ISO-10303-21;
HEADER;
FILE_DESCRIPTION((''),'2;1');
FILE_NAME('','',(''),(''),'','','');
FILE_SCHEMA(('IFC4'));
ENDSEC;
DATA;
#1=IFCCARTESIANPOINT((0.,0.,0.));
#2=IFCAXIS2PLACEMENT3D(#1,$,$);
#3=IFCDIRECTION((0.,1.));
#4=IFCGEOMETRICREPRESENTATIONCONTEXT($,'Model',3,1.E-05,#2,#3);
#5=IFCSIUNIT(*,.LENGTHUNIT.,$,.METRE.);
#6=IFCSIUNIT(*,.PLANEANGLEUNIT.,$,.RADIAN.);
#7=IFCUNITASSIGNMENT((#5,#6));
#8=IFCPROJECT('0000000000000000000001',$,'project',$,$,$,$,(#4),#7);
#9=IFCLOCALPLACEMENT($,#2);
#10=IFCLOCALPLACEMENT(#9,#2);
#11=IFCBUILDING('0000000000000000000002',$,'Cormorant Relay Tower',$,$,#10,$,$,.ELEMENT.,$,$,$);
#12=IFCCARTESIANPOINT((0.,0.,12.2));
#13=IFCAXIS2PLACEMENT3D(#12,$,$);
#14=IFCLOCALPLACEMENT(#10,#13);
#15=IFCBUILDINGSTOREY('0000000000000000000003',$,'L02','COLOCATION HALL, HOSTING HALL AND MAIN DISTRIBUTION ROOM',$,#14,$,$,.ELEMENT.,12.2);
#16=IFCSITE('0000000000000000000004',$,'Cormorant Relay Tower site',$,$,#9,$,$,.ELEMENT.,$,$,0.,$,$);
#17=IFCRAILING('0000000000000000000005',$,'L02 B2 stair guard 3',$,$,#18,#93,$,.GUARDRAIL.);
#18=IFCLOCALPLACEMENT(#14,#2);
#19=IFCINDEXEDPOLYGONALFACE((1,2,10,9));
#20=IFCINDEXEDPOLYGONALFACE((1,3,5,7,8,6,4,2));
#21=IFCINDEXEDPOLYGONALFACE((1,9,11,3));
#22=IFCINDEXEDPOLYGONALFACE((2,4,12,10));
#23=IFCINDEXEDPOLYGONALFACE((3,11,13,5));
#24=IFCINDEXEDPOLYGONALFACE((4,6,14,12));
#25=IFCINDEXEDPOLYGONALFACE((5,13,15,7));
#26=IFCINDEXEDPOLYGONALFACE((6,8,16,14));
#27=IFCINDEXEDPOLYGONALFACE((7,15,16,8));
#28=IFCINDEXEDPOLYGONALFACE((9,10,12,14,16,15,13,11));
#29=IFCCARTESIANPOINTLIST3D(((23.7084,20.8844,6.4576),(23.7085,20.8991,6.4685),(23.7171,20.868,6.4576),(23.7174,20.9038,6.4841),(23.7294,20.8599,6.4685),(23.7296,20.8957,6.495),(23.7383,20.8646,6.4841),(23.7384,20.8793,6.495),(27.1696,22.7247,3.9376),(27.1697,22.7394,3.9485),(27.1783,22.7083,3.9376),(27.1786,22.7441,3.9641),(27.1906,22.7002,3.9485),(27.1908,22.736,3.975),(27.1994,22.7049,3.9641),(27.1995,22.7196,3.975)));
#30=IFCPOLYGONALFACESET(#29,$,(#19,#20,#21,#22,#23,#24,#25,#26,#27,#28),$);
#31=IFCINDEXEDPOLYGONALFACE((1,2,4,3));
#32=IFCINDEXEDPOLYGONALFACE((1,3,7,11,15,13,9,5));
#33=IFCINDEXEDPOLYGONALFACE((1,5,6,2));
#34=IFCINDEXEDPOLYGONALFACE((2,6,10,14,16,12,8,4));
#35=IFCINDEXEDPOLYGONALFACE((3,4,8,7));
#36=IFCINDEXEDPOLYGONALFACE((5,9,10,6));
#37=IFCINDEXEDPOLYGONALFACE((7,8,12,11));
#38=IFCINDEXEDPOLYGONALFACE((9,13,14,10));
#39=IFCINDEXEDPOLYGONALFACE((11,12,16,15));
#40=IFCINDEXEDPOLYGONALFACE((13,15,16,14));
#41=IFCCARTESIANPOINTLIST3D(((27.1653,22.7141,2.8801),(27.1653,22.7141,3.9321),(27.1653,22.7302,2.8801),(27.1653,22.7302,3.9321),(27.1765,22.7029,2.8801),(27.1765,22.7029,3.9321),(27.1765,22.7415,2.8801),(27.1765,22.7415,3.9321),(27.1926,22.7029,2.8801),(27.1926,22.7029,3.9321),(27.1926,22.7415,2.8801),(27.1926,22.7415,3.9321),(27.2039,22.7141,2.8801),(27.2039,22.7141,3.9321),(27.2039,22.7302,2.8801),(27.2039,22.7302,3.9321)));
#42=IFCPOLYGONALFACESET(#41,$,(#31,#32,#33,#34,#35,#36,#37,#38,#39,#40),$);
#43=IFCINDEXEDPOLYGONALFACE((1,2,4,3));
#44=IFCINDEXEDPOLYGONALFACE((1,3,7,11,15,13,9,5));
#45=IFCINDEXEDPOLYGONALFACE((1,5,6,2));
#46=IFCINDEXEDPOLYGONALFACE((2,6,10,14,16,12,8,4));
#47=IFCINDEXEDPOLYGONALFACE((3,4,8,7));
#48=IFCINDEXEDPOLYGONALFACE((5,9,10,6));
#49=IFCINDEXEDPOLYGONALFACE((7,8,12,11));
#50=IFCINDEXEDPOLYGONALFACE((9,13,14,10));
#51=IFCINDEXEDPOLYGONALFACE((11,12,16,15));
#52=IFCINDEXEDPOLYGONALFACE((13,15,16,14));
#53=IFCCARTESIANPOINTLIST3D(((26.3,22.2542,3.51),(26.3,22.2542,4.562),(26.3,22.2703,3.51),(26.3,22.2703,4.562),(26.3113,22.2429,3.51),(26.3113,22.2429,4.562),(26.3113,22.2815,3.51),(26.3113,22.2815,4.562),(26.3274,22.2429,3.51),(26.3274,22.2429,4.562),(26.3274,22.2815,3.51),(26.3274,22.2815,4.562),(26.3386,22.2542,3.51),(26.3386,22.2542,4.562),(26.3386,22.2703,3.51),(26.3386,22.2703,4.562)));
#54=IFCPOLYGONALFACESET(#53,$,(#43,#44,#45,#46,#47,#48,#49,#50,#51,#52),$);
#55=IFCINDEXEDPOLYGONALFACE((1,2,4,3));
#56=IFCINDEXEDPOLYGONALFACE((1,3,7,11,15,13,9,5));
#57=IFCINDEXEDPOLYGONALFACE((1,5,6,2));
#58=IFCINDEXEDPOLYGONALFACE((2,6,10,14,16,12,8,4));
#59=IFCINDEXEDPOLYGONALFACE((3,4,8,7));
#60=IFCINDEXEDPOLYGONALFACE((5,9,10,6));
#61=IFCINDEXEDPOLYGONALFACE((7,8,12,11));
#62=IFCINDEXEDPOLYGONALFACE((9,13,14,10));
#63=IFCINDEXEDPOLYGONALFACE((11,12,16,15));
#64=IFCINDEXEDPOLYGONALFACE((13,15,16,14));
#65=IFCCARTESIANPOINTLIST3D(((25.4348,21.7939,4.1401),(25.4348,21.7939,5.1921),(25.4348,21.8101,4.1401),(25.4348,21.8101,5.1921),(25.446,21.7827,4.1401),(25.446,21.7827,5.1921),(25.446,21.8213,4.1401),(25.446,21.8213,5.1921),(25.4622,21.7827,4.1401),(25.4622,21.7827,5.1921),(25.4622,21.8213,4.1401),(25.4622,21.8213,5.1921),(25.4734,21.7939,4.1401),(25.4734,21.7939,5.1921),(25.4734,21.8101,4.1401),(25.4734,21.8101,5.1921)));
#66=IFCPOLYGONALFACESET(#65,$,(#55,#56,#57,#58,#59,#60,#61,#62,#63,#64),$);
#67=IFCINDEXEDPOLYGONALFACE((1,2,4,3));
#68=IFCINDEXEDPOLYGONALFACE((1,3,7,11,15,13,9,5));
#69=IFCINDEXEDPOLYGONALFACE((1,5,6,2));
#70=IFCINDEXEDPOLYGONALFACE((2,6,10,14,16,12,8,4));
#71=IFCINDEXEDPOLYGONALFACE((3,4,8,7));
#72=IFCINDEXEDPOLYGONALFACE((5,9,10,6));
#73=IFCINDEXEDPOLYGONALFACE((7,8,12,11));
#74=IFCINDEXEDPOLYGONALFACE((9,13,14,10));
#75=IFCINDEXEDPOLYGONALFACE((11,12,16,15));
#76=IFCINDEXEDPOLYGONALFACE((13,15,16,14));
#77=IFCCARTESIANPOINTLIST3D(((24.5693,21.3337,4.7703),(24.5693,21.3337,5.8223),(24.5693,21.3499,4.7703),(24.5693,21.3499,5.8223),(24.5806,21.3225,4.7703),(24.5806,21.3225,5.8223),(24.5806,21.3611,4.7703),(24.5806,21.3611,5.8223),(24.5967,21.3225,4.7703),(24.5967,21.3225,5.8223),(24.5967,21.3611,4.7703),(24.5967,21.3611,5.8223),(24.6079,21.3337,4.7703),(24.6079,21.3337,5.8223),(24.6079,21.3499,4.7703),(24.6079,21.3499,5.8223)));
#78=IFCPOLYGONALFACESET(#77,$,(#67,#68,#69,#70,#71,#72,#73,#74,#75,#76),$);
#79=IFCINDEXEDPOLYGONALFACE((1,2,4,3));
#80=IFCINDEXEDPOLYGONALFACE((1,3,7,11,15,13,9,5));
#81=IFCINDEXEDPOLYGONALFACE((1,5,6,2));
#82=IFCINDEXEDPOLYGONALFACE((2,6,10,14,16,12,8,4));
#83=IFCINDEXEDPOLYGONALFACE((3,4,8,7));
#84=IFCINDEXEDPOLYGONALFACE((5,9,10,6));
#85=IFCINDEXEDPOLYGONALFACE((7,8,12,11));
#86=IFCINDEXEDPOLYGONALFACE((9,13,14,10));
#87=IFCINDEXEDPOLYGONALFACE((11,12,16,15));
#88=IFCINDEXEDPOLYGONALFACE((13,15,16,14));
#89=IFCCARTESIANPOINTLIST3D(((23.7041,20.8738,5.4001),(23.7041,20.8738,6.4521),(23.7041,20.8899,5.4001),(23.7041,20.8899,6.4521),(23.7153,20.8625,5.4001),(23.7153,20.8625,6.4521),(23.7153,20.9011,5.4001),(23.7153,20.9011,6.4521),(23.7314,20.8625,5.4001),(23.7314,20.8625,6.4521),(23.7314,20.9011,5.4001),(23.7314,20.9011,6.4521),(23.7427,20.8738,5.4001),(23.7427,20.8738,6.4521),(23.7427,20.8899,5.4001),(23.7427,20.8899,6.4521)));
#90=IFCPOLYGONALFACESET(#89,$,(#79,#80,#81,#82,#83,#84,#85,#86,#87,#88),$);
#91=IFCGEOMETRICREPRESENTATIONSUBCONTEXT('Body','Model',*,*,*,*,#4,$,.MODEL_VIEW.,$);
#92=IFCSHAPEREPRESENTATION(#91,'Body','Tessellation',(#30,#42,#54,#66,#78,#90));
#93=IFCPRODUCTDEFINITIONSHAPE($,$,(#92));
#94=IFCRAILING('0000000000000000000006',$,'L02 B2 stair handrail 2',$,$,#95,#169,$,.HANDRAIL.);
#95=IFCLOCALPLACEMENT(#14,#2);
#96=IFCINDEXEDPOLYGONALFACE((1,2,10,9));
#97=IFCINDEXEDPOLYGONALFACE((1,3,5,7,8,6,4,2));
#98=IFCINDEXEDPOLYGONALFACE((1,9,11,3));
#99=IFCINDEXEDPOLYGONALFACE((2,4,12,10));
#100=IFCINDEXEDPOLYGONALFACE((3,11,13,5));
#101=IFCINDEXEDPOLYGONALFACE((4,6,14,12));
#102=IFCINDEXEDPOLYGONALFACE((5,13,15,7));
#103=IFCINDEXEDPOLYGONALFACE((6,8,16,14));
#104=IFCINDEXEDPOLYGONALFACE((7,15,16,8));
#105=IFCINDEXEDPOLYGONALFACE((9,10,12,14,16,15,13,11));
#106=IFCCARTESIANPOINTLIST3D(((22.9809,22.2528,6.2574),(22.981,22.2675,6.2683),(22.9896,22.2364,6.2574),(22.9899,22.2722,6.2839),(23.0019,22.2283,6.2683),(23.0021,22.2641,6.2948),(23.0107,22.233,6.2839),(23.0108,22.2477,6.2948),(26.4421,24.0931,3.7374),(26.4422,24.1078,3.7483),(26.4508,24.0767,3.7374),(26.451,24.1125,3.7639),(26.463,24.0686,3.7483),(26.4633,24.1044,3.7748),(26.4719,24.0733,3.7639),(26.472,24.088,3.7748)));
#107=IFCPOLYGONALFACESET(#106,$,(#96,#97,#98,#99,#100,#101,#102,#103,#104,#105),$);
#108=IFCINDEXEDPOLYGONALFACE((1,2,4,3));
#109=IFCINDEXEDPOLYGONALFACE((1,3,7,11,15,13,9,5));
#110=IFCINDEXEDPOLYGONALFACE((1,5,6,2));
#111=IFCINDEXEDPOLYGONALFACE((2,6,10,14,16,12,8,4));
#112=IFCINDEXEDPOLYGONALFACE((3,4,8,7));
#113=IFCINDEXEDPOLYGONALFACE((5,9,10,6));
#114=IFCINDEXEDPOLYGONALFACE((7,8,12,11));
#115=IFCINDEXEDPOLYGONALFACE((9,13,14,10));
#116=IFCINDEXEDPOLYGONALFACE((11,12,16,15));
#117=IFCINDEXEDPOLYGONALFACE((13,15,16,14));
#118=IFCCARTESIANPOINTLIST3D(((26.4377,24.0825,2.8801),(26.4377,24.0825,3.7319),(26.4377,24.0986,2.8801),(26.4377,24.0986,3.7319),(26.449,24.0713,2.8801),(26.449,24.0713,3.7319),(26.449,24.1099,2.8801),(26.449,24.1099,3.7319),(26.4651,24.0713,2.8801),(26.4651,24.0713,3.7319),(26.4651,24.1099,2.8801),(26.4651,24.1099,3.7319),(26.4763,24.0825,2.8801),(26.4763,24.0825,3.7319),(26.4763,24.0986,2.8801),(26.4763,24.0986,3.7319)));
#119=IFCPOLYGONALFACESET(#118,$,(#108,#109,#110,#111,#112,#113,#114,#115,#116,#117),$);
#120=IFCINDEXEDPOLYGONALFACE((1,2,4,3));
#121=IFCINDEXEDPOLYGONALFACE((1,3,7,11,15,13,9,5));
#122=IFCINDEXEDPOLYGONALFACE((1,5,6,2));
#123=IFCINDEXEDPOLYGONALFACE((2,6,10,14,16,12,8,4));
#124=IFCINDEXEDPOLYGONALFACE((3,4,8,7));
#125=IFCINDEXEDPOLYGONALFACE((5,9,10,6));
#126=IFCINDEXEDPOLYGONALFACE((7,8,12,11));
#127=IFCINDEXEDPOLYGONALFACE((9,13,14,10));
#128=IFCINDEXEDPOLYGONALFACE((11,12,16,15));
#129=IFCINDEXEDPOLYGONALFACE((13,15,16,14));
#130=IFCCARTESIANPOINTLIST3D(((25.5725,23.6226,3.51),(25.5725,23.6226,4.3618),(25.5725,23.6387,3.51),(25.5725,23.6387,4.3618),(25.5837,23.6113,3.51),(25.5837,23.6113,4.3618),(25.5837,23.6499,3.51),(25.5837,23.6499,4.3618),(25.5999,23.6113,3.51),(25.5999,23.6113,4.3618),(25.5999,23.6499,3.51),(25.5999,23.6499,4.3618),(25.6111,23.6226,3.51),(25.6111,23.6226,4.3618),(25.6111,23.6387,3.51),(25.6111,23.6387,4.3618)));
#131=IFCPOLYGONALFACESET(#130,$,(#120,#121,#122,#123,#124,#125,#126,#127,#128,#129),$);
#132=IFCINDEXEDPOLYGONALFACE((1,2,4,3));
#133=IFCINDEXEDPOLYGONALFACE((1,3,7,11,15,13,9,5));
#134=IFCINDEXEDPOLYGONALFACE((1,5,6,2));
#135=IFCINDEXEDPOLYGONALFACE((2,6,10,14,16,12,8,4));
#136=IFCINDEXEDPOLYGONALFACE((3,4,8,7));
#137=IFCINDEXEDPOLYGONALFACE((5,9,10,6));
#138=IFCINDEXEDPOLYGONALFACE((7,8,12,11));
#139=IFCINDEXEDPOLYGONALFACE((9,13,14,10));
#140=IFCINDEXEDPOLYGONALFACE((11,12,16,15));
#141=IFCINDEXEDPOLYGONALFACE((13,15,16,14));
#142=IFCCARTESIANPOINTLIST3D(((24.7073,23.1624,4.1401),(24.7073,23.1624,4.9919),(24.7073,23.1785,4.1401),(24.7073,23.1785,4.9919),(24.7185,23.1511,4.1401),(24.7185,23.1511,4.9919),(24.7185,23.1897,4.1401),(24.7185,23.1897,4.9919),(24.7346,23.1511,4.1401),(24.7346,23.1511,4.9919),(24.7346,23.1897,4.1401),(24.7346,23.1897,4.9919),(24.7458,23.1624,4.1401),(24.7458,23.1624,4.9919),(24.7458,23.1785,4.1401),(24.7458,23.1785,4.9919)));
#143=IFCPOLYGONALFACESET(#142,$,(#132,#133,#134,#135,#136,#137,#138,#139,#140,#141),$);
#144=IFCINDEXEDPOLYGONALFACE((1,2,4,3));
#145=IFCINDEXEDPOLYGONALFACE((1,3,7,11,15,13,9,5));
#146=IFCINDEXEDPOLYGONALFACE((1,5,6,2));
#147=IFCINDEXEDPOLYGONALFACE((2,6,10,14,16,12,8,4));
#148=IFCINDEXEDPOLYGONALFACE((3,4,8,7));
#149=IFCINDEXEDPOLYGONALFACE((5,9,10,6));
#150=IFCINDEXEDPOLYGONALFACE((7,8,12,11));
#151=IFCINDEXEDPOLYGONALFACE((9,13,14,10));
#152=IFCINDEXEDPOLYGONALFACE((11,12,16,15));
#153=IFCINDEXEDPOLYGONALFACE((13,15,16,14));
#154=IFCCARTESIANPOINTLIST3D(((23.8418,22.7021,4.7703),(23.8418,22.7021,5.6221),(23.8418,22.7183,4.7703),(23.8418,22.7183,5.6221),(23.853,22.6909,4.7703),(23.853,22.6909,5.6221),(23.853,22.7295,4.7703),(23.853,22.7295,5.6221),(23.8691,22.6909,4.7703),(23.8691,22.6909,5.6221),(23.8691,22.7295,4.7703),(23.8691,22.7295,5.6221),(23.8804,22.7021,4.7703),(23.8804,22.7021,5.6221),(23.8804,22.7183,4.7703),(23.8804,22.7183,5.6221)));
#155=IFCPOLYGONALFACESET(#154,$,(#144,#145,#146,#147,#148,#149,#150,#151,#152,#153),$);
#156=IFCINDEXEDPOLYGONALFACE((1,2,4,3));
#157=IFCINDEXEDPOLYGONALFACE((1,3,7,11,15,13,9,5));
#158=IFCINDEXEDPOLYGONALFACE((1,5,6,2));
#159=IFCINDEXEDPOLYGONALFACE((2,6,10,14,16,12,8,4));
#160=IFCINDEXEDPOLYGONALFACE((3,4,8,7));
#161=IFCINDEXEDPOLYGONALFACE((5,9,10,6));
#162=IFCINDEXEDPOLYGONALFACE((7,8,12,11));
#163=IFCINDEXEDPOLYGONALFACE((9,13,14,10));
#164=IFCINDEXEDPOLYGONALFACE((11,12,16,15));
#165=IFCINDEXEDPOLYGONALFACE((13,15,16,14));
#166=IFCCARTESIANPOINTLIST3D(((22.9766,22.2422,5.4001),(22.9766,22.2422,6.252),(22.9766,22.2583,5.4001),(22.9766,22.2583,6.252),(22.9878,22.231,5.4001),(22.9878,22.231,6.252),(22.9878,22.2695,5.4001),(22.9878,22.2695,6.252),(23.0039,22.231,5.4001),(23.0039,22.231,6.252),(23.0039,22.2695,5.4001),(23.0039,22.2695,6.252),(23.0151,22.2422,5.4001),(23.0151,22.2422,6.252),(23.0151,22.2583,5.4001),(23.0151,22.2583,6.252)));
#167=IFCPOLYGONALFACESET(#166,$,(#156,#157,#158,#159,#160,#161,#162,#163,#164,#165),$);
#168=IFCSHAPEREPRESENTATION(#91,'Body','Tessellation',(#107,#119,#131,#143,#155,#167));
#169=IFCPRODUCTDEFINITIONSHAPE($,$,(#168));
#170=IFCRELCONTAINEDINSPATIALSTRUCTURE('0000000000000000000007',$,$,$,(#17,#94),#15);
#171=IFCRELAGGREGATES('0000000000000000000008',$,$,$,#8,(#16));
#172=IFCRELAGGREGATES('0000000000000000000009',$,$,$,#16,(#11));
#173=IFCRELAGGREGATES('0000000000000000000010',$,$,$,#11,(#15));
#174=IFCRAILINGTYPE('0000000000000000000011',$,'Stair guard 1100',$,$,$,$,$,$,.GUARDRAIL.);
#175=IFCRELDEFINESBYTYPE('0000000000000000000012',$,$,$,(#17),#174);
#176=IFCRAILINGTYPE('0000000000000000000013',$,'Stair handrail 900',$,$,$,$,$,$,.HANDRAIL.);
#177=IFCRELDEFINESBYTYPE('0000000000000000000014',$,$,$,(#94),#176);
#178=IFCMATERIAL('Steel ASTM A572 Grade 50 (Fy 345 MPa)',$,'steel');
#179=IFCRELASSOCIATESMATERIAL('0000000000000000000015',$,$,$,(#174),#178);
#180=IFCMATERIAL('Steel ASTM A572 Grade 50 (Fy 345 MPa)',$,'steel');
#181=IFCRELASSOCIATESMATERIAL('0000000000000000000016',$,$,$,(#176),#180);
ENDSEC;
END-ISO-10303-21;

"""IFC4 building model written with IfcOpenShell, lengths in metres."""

from ifc_helpers import new_model, si_unit, direction, frame, origin, place, context, subcontext, project, spatial, polyline, outline, extrude, material, type_object, element, save


model = new_model("IFC4")

# Units and contexts
model_context = context("Model", 3, precision=1e-05, world=origin(), true_north=direction((0.0, 1.0)))
body_context = subcontext(model_context, "Body", "Model", "MODEL_VIEW")
ifc_project = project(units=[si_unit("LENGTHUNIT", "METRE"), si_unit("PLANEANGLEUNIT", "RADIAN")], contexts=[model_context])

# Site, building, storey
site_placement = place(None, origin())
site = spatial("IfcSite", under=ifc_project, at=site_placement, Name="Cormorant Relay Tower site", CompositionType="ELEMENT", RefElevation=0.0)
building_placement = place(site_placement, origin())
building = spatial("IfcBuilding", under=site, at=building_placement, Name="Cormorant Relay Tower", CompositionType="ELEMENT")
storey_placement = place(building_placement, frame((0.0, 0.0, 12.2)))
storey = spatial("IfcBuildingStorey", under=building, at=storey_placement, Name="L02", Description="COLOCATION HALL, HOSTING HALL AND MAIN DISTRIBUTION ROOM", CompositionType="ELEMENT", Elevation=12.2)

# Railings
ifc_material_1 = material(Name="Steel ASTM A572 Grade 50 (Fy 345 MPa)", Category="steel")
railing_type_1 = type_object("IfcRailingType", Name="Stair guard 1100", PredefinedType="GUARDRAIL", material=ifc_material_1)
railing_1_placement = place(storey_placement, frame((27.1846, 22.7222, 2.8801)))
element("IfcRailing", 1, at=railing_1_placement, inside=storey, type_object=railing_type_1, Name="L02 B2 stair guard 3", PredefinedType="GUARDRAIL", context=body_context, shape_type="SweptSolid", body=[
    extrude(outline(polyline([(0.0222, 0.0093), (0.0093, 0.0222), (-0.0093, 0.0222), (-0.0222, 0.0093), (-0.0222, -0.0093), (-0.0093, -0.0222), (0.0093, -0.0222), (0.0222, -0.0093), (0.0222, 0.0093)])), frame((0.0, 0.0, 1.0762), z_axis=(-0.742717, -0.394907, 0.540758), x_axis=(0.469469, -0.882949, 0.0)), (0.0, 0.0, 1.0), 4.6602),
    extrude(outline(polyline([(0.0193, 0.0081), (0.0081, 0.0193), (-0.0081, 0.0193), (-0.0193, 0.0081), (-0.0193, -0.0081), (-0.0081, -0.0193), (0.0081, -0.0193), (0.0193, -0.0081), (0.0193, 0.0081)])), origin(), (0.0, 0.0, 1.0), 1.052),
    extrude(outline(polyline([(0.0193, 0.0081), (0.0081, 0.0193), (-0.0081, 0.0193), (-0.0193, 0.0081), (-0.0193, -0.0081), (-0.0081, -0.0193), (0.0081, -0.0193), (0.0193, -0.0081), (0.0193, 0.0081)])), frame((-0.8652, -0.46, 0.6299)), (0.0, 0.0, 1.0), 1.052),
    extrude(outline(polyline([(0.0193, 0.0081), (0.0081, 0.0193), (-0.0081, 0.0193), (-0.0193, 0.0081), (-0.0193, -0.0081), (-0.0081, -0.0193), (0.0081, -0.0193), (0.0193, -0.0081), (0.0193, 0.0081)])), frame((-1.7305, -0.9202, 1.26)), (0.0, 0.0, 1.0), 1.052),
    extrude(outline(polyline([(0.0193, 0.0081), (0.0081, 0.0193), (-0.0081, 0.0193), (-0.0193, 0.0081), (-0.0193, -0.0081), (-0.0081, -0.0193), (0.0081, -0.0193), (0.0193, -0.0081), (0.0193, 0.0081)])), frame((-2.5959, -1.3804, 1.8901)), (0.0, 0.0, 1.0), 1.052),
    extrude(outline(polyline([(0.0193, 0.0081), (0.0081, 0.0193), (-0.0081, 0.0193), (-0.0193, 0.0081), (-0.0193, -0.0081), (-0.0081, -0.0193), (0.0081, -0.0193), (0.0193, -0.0081), (0.0193, 0.0081)])), frame((-3.4612, -1.8403, 2.52)), (0.0, 0.0, 1.0), 1.052),
])
ifc_material_2 = material(Name="Steel ASTM A572 Grade 50 (Fy 345 MPa)", Category="steel")
railing_type_2 = type_object("IfcRailingType", Name="Stair handrail 900", PredefinedType="HANDRAIL", material=ifc_material_2)
railing_2_placement = place(storey_placement, frame((26.457, 24.0906, 2.8801)))
element("IfcRailing", 2, at=railing_2_placement, inside=storey, type_object=railing_type_2, Name="L02 B2 stair handrail 2", PredefinedType="HANDRAIL", context=body_context, shape_type="SweptSolid", body=[
    extrude(outline(polyline([(0.0222, 0.0093), (0.0093, 0.0222), (-0.0093, 0.0222), (-0.0222, 0.0093), (-0.0222, -0.0093), (-0.0093, -0.0222), (0.0093, -0.0222), (0.0222, -0.0093), (0.0222, 0.0093)])), frame((0.0, 0.0, 0.876), z_axis=(-0.742717, -0.394907, 0.540758), x_axis=(0.469469, -0.882949, 0.0)), (0.0, 0.0, 1.0), 4.6602),
    extrude(outline(polyline([(0.0193, 0.0081), (0.0081, 0.0193), (-0.0081, 0.0193), (-0.0193, 0.0081), (-0.0193, -0.0081), (-0.0081, -0.0193), (0.0081, -0.0193), (0.0193, -0.0081), (0.0193, 0.0081)])), origin(), (0.0, 0.0, 1.0), 0.8518),
    extrude(outline(polyline([(0.0193, 0.0081), (0.0081, 0.0193), (-0.0081, 0.0193), (-0.0193, 0.0081), (-0.0193, -0.0081), (-0.0081, -0.0193), (0.0081, -0.0193), (0.0193, -0.0081), (0.0193, 0.0081)])), frame((-0.8652, -0.46, 0.6299)), (0.0, 0.0, 1.0), 0.8518),
    extrude(outline(polyline([(0.0193, 0.0081), (0.0081, 0.0193), (-0.0081, 0.0193), (-0.0193, 0.0081), (-0.0193, -0.0081), (-0.0081, -0.0193), (0.0081, -0.0193), (0.0193, -0.0081), (0.0193, 0.0081)])), frame((-1.7305, -0.9202, 1.26)), (0.0, 0.0, 1.0), 0.8518),
    extrude(outline(polyline([(0.0193, 0.0081), (0.0081, 0.0193), (-0.0081, 0.0193), (-0.0193, 0.0081), (-0.0193, -0.0081), (-0.0081, -0.0193), (0.0081, -0.0193), (0.0193, -0.0081), (0.0193, 0.0081)])), frame((-2.5959, -1.3804, 1.8901)), (0.0, 0.0, 1.0), 0.8518),
    extrude(outline(polyline([(0.0193, 0.0081), (0.0081, 0.0193), (-0.0081, 0.0193), (-0.0193, 0.0081), (-0.0193, -0.0081), (-0.0081, -0.0193), (0.0081, -0.0193), (0.0193, -0.0081), (0.0193, 0.0081)])), frame((-3.4612, -1.8403, 2.52)), (0.0, 0.0, 1.0), 0.8518),
])

save(model, "model.ifc")
